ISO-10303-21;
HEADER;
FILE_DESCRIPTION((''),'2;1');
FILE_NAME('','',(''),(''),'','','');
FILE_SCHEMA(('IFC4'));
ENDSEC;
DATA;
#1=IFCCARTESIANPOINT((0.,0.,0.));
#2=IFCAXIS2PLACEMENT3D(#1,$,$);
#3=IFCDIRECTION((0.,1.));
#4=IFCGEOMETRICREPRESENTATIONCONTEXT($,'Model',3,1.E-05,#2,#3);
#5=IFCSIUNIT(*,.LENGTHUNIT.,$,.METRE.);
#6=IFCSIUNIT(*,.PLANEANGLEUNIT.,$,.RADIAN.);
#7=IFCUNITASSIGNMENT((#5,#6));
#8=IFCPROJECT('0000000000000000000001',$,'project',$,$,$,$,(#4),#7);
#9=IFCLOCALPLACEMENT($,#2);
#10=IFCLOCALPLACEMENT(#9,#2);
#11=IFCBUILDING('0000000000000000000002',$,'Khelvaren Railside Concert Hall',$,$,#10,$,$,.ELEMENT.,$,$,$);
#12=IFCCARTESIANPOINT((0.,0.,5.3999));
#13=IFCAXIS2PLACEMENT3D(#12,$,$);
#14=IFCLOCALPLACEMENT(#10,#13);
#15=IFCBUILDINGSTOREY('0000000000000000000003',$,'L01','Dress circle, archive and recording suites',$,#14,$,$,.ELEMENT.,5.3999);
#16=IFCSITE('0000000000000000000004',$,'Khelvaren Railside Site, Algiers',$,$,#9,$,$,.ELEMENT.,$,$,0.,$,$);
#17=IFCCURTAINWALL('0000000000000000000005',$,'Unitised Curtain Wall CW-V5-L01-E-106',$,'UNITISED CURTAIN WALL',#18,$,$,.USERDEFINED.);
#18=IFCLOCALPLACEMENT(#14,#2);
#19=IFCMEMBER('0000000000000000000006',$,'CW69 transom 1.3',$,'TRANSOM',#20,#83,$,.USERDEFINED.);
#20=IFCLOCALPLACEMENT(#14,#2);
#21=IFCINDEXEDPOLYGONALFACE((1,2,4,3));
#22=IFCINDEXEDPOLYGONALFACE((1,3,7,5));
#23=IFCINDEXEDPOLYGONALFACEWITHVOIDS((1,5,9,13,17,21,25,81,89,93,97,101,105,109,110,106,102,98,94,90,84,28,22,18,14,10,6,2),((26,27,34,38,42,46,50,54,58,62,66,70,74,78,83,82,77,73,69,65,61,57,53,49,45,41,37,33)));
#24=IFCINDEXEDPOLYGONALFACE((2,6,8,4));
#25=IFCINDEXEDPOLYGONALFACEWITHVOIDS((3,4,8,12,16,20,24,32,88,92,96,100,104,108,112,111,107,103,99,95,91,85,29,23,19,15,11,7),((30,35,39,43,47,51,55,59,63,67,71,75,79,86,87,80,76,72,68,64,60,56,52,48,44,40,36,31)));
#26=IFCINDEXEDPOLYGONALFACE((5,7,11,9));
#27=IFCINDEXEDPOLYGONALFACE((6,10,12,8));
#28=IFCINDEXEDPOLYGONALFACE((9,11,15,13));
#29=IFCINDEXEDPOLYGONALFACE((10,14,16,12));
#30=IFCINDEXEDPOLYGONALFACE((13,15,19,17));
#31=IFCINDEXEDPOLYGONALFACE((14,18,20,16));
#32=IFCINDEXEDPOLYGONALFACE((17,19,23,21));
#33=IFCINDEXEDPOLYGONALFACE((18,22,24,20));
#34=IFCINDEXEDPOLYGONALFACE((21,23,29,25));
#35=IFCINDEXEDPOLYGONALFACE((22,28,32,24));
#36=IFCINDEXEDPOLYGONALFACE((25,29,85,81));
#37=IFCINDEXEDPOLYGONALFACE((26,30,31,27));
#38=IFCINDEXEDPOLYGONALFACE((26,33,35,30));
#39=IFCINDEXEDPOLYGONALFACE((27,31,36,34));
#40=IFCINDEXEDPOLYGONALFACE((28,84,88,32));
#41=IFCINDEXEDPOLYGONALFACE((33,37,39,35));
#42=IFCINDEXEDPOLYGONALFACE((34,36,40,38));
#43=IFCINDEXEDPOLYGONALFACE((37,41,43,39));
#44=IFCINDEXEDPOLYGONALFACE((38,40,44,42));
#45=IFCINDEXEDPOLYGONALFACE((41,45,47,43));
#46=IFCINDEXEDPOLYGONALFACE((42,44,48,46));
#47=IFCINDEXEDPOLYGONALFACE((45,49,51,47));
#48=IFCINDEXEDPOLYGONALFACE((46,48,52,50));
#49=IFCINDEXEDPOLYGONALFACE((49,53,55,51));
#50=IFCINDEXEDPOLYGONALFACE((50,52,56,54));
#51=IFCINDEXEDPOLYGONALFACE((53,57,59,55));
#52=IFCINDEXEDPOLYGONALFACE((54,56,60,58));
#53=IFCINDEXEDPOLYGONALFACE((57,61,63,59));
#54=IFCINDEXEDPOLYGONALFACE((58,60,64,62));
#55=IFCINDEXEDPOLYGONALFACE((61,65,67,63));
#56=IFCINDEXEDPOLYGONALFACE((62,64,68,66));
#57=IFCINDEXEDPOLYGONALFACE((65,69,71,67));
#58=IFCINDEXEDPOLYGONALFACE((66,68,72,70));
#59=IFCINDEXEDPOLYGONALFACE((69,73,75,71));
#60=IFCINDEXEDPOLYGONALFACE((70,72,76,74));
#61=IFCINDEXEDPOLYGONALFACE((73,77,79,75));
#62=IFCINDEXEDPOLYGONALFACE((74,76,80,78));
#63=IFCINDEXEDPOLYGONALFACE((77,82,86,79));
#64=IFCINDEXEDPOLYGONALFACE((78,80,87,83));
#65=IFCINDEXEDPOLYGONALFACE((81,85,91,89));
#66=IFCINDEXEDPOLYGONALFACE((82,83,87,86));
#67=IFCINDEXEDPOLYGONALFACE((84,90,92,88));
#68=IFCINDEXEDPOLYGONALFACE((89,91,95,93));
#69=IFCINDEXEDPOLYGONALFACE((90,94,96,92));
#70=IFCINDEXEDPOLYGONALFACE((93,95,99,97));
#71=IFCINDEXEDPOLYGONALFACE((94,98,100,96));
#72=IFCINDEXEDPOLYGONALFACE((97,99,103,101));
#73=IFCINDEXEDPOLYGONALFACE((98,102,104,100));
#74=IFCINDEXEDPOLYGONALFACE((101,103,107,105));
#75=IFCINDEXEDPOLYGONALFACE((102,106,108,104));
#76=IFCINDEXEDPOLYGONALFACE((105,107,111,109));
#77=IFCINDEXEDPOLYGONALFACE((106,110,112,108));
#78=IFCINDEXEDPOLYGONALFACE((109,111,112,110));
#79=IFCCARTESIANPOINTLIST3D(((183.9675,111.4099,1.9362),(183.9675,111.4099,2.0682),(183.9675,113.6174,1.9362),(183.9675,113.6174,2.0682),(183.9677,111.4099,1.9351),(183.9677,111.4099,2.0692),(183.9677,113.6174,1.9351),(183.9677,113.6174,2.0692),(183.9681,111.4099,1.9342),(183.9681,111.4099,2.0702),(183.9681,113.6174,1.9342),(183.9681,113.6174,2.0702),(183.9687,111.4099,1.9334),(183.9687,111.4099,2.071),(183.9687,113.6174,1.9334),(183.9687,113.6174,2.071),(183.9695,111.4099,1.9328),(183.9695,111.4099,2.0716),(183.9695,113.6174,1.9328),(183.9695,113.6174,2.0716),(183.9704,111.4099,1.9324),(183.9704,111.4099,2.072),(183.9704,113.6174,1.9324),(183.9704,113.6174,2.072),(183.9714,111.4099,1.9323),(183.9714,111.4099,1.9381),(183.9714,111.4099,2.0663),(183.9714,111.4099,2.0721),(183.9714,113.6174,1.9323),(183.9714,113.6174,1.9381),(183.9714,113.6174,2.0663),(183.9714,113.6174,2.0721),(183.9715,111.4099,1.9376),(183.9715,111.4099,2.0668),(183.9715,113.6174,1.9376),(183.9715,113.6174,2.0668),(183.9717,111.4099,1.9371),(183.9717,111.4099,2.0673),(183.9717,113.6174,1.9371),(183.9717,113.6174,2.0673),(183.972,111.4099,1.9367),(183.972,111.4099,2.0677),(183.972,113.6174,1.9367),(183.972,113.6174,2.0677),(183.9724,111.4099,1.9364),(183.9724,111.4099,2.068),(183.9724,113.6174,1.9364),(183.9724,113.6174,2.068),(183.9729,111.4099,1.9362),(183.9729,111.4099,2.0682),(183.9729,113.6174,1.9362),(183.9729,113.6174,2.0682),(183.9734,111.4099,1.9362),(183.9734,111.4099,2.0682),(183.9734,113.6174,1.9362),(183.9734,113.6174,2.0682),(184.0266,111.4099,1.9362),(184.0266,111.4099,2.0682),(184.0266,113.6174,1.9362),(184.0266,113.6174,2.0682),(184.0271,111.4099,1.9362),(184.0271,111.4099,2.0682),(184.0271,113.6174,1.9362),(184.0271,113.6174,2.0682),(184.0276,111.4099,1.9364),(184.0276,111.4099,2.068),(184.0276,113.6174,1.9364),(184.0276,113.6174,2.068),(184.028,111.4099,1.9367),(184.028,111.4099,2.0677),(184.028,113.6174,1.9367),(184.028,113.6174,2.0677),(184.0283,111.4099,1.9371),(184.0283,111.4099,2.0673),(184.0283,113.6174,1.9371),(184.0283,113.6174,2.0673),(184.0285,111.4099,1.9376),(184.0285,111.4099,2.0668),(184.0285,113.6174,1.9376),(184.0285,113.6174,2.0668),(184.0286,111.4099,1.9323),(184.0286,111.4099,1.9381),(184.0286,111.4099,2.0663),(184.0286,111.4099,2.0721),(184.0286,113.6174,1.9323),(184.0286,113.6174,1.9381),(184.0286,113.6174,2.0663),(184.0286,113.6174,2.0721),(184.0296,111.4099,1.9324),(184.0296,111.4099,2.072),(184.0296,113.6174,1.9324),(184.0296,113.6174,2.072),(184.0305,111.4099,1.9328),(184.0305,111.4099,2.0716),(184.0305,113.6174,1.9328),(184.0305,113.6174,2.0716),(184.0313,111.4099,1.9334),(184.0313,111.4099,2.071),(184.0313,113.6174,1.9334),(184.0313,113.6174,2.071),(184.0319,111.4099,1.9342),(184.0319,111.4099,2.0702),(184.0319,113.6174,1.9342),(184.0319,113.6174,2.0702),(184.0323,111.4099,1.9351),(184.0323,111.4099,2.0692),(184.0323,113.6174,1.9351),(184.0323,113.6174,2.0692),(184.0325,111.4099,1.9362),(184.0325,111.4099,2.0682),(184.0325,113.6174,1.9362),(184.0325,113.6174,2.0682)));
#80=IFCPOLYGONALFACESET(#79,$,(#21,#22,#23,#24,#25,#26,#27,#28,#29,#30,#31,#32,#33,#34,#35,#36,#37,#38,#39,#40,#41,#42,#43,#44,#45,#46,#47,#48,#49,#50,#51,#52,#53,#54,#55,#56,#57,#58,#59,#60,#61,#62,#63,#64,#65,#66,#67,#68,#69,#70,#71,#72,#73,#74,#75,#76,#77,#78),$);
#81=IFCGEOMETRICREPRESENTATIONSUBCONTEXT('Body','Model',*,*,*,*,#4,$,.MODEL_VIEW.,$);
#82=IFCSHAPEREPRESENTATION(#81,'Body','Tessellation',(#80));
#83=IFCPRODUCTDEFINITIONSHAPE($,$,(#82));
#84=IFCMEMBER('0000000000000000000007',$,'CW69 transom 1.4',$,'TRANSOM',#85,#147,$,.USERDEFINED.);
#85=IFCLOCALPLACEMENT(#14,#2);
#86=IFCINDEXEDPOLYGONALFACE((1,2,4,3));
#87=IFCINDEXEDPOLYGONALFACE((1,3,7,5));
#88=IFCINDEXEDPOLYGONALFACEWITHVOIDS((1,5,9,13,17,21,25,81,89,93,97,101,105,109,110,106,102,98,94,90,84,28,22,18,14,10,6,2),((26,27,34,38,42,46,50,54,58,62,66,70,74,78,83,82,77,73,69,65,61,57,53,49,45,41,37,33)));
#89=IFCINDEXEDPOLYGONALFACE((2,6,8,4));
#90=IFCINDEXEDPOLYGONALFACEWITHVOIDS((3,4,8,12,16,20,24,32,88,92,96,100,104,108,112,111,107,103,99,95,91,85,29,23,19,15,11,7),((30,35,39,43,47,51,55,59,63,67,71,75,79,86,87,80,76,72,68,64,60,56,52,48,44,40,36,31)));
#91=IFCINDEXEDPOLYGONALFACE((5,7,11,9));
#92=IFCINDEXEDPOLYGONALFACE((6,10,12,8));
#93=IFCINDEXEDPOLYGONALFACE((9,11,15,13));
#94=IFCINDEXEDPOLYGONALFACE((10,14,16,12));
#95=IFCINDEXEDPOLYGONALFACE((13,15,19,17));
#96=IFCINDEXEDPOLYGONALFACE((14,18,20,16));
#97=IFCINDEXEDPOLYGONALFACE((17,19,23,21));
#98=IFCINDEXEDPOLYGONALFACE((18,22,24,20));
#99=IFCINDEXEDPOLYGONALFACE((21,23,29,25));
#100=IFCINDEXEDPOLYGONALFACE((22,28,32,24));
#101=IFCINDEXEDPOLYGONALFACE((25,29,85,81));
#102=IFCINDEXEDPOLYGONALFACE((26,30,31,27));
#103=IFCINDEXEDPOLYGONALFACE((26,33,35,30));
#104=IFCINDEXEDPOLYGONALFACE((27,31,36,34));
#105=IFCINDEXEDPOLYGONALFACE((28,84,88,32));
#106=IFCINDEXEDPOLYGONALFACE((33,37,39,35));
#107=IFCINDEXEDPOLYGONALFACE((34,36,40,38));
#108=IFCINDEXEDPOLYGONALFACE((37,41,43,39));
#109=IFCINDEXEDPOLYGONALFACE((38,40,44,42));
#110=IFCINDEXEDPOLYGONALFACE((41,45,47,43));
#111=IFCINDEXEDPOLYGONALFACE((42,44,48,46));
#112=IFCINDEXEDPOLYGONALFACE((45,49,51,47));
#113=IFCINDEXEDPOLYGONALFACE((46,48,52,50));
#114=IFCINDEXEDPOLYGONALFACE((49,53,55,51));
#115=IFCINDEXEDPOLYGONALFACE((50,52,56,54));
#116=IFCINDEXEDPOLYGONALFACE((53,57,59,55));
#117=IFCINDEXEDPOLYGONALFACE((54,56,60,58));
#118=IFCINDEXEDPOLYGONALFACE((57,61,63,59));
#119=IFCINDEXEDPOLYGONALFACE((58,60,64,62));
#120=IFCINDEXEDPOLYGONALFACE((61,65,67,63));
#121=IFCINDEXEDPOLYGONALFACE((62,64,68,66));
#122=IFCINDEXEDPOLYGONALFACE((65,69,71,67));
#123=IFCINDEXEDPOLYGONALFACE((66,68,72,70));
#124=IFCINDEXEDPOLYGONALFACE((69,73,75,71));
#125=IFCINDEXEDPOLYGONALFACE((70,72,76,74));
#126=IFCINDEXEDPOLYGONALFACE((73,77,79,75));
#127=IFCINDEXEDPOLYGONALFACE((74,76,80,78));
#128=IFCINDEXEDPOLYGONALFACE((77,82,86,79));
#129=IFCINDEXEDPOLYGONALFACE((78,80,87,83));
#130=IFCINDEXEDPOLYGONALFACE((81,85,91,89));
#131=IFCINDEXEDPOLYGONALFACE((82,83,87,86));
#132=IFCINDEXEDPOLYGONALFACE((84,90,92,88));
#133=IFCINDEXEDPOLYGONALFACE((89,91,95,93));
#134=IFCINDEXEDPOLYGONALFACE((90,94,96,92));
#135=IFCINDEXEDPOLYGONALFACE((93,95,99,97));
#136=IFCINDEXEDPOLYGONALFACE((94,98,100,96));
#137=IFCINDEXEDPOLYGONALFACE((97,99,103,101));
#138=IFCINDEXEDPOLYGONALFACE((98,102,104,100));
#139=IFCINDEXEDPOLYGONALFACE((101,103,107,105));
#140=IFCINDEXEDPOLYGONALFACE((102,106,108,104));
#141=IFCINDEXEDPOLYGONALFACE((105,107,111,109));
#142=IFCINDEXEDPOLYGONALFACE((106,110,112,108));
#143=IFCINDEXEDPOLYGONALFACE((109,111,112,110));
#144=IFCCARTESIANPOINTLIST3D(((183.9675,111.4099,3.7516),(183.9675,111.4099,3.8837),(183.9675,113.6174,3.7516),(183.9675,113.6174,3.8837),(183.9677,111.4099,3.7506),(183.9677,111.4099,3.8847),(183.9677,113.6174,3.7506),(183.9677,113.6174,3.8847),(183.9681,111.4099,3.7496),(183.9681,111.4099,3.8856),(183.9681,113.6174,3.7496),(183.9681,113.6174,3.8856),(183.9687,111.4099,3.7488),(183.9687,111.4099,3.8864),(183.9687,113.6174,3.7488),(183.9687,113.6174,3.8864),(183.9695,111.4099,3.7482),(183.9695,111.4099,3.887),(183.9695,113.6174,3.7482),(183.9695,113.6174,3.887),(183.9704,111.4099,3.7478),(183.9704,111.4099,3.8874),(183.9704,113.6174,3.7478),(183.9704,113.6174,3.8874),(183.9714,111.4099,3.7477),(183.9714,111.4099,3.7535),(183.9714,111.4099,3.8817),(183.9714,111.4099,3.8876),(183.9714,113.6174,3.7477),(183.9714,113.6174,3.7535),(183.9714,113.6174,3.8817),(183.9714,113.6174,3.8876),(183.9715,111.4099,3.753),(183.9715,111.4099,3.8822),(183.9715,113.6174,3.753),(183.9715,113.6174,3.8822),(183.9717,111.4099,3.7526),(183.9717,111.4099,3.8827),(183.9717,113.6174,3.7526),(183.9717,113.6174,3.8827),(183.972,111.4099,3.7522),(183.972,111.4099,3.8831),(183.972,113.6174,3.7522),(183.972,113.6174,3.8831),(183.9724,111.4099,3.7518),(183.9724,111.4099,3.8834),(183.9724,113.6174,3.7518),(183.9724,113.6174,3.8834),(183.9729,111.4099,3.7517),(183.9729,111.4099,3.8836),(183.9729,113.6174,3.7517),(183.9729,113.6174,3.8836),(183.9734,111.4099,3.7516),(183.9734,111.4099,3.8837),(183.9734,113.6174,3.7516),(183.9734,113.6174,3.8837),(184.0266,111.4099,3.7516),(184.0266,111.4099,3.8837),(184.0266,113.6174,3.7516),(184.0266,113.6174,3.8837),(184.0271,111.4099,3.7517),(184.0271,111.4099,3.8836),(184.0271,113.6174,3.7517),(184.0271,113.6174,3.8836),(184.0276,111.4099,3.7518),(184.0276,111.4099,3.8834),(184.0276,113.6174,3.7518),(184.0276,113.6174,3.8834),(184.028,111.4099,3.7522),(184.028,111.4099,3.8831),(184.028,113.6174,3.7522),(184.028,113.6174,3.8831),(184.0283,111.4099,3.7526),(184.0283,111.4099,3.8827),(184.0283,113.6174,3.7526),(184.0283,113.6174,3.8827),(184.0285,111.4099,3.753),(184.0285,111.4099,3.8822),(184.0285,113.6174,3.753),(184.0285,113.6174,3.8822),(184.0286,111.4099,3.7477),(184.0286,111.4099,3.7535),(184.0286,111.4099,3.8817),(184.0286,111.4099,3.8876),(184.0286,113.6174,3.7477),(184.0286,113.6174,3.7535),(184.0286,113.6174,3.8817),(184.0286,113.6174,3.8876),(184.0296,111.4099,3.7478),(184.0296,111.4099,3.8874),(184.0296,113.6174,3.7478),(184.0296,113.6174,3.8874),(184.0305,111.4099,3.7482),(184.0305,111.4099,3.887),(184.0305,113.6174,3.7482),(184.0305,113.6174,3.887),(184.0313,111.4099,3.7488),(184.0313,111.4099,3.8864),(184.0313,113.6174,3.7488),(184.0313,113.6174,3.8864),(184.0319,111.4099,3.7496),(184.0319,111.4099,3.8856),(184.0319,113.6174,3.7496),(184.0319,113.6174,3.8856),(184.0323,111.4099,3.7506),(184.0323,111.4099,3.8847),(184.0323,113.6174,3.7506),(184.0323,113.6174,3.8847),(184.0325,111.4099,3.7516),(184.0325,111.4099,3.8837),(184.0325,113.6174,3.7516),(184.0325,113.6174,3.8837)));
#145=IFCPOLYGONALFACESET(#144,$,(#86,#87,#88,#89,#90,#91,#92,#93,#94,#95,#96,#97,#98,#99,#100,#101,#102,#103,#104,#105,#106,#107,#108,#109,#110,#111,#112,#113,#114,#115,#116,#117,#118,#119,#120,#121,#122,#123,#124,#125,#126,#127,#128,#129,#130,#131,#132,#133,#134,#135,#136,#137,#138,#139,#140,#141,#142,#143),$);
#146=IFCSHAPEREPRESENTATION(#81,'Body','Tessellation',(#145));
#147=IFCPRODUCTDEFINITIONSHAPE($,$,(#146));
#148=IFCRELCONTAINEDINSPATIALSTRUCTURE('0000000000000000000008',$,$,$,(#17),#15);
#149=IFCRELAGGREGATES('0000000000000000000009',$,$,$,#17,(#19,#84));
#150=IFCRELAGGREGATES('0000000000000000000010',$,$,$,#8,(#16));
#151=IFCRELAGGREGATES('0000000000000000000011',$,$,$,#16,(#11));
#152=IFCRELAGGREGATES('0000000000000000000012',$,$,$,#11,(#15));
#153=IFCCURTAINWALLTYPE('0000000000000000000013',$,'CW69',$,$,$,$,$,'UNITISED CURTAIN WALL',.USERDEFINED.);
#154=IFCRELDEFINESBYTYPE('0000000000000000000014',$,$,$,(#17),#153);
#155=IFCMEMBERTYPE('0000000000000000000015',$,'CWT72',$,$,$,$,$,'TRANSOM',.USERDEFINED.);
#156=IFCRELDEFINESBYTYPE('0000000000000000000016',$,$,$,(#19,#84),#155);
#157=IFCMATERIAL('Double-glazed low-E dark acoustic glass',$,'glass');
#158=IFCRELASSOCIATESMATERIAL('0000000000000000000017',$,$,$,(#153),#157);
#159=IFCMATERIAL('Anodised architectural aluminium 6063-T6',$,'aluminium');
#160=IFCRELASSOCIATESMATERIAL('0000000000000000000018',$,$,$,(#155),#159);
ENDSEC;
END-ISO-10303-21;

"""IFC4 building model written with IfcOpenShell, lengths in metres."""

from ifc_helpers import new_model, si_unit, direction, frame, origin, origin_2d, place, context, subcontext, project, spatial, hollow_rectangle, extrude, material, material_profile, profile_set, type_object, element, aggregate, save


model = new_model("IFC4")

# Units and contexts
model_context = context("Model", 3, precision=1e-05, world=origin(), true_north=direction((0.0, 1.0)))
body_context = subcontext(model_context, "Body", "Model", "MODEL_VIEW")
ifc_project = project(units=[si_unit("LENGTHUNIT", "METRE"), si_unit("PLANEANGLEUNIT", "RADIAN")], contexts=[model_context])

# Site, building, storey
site_placement = place(None, origin())
site = spatial("IfcSite", under=ifc_project, at=site_placement, Name="Khelvaren Railside Site, Algiers", CompositionType="ELEMENT", RefElevation=0.0)
building_placement = place(site_placement, origin())
building = spatial("IfcBuilding", under=site, at=building_placement, Name="Khelvaren Railside Concert Hall", CompositionType="ELEMENT")
storey_placement = place(building_placement, frame((0.0, 0.0, 5.3999)))
storey = spatial("IfcBuildingStorey", under=building, at=storey_placement, Name="L01", Description="Dress circle, archive and recording suites", CompositionType="ELEMENT", Elevation=5.3999)

# Curtain wall, members
ifc_material_1 = material(Name="Double-glazed low-E dark acoustic glass", Category="glass")
curtain_wall_type = type_object("IfcCurtainWallType", Name="CW69", ElementType="UNITISED CURTAIN WALL", PredefinedType="USERDEFINED", material=ifc_material_1)
curtain_wall_placement = place(storey_placement, origin())
curtain_wall = element("IfcCurtainWall", 1, at=curtain_wall_placement, inside=storey, type_object=curtain_wall_type, Name="Unitised Curtain Wall CW-V5-L01-E-106", ObjectType="UNITISED CURTAIN WALL", PredefinedType="USERDEFINED")
ifc_material_2 = material(Name="Anodised architectural aluminium 6063-T6", Category="aluminium")
ifc_material_profile_1 = material_profile(ifc_material_2, hollow_rectangle(XDim=0.0649, YDim=0.1399, WallThickness=0.0039, InnerFilletRadius=0.002, OuterFilletRadius=0.0039, at=origin_2d()), Name="CWT 65x140x4")
ifc_profile_set_1 = profile_set([ifc_material_profile_1], Name="Anodised architectural aluminium 6063-T6")
member_type_1 = type_object("IfcMemberType", Name="CWT72", ElementType="TRANSOM", PredefinedType="USERDEFINED", material=ifc_profile_set_1)
member_1_placement = place(storey_placement, frame((184.0, 113.6174, 2.0022), z_axis=(0.0, -1.0, 0.0), x_axis=(1.0, 0.0, 0.0)))
member_1 = element("IfcMember", 2, at=member_1_placement, type_object=member_type_1, Name="CW69 transom 1.3", ObjectType="TRANSOM", PredefinedType="USERDEFINED", context=body_context, shape_type="SweptSolid", body=[
    extrude(hollow_rectangle(XDim=0.0649, YDim=0.1399, WallThickness=0.0039, InnerFilletRadius=0.002, OuterFilletRadius=0.0039, at=origin_2d()), origin(), (0.0, 0.0, 1.0), 2.2075),
])
member_2_placement = place(storey_placement, frame((184.0, 113.6174, 3.8176), z_axis=(0.0, -1.0, 0.0), x_axis=(1.0, 0.0, 0.0)))
member_2 = element("IfcMember", 3, at=member_2_placement, type_object=member_type_1, Name="CW69 transom 1.4", ObjectType="TRANSOM", PredefinedType="USERDEFINED", context=body_context, shape_type="SweptSolid", body=[
    extrude(hollow_rectangle(XDim=0.0649, YDim=0.1399, WallThickness=0.0039, InnerFilletRadius=0.002, OuterFilletRadius=0.0039, at=origin_2d()), origin(), (0.0, 0.0, 1.0), 2.2075),
])

aggregate(curtain_wall, [member_1, member_2])

save(model, "model.ifc")
